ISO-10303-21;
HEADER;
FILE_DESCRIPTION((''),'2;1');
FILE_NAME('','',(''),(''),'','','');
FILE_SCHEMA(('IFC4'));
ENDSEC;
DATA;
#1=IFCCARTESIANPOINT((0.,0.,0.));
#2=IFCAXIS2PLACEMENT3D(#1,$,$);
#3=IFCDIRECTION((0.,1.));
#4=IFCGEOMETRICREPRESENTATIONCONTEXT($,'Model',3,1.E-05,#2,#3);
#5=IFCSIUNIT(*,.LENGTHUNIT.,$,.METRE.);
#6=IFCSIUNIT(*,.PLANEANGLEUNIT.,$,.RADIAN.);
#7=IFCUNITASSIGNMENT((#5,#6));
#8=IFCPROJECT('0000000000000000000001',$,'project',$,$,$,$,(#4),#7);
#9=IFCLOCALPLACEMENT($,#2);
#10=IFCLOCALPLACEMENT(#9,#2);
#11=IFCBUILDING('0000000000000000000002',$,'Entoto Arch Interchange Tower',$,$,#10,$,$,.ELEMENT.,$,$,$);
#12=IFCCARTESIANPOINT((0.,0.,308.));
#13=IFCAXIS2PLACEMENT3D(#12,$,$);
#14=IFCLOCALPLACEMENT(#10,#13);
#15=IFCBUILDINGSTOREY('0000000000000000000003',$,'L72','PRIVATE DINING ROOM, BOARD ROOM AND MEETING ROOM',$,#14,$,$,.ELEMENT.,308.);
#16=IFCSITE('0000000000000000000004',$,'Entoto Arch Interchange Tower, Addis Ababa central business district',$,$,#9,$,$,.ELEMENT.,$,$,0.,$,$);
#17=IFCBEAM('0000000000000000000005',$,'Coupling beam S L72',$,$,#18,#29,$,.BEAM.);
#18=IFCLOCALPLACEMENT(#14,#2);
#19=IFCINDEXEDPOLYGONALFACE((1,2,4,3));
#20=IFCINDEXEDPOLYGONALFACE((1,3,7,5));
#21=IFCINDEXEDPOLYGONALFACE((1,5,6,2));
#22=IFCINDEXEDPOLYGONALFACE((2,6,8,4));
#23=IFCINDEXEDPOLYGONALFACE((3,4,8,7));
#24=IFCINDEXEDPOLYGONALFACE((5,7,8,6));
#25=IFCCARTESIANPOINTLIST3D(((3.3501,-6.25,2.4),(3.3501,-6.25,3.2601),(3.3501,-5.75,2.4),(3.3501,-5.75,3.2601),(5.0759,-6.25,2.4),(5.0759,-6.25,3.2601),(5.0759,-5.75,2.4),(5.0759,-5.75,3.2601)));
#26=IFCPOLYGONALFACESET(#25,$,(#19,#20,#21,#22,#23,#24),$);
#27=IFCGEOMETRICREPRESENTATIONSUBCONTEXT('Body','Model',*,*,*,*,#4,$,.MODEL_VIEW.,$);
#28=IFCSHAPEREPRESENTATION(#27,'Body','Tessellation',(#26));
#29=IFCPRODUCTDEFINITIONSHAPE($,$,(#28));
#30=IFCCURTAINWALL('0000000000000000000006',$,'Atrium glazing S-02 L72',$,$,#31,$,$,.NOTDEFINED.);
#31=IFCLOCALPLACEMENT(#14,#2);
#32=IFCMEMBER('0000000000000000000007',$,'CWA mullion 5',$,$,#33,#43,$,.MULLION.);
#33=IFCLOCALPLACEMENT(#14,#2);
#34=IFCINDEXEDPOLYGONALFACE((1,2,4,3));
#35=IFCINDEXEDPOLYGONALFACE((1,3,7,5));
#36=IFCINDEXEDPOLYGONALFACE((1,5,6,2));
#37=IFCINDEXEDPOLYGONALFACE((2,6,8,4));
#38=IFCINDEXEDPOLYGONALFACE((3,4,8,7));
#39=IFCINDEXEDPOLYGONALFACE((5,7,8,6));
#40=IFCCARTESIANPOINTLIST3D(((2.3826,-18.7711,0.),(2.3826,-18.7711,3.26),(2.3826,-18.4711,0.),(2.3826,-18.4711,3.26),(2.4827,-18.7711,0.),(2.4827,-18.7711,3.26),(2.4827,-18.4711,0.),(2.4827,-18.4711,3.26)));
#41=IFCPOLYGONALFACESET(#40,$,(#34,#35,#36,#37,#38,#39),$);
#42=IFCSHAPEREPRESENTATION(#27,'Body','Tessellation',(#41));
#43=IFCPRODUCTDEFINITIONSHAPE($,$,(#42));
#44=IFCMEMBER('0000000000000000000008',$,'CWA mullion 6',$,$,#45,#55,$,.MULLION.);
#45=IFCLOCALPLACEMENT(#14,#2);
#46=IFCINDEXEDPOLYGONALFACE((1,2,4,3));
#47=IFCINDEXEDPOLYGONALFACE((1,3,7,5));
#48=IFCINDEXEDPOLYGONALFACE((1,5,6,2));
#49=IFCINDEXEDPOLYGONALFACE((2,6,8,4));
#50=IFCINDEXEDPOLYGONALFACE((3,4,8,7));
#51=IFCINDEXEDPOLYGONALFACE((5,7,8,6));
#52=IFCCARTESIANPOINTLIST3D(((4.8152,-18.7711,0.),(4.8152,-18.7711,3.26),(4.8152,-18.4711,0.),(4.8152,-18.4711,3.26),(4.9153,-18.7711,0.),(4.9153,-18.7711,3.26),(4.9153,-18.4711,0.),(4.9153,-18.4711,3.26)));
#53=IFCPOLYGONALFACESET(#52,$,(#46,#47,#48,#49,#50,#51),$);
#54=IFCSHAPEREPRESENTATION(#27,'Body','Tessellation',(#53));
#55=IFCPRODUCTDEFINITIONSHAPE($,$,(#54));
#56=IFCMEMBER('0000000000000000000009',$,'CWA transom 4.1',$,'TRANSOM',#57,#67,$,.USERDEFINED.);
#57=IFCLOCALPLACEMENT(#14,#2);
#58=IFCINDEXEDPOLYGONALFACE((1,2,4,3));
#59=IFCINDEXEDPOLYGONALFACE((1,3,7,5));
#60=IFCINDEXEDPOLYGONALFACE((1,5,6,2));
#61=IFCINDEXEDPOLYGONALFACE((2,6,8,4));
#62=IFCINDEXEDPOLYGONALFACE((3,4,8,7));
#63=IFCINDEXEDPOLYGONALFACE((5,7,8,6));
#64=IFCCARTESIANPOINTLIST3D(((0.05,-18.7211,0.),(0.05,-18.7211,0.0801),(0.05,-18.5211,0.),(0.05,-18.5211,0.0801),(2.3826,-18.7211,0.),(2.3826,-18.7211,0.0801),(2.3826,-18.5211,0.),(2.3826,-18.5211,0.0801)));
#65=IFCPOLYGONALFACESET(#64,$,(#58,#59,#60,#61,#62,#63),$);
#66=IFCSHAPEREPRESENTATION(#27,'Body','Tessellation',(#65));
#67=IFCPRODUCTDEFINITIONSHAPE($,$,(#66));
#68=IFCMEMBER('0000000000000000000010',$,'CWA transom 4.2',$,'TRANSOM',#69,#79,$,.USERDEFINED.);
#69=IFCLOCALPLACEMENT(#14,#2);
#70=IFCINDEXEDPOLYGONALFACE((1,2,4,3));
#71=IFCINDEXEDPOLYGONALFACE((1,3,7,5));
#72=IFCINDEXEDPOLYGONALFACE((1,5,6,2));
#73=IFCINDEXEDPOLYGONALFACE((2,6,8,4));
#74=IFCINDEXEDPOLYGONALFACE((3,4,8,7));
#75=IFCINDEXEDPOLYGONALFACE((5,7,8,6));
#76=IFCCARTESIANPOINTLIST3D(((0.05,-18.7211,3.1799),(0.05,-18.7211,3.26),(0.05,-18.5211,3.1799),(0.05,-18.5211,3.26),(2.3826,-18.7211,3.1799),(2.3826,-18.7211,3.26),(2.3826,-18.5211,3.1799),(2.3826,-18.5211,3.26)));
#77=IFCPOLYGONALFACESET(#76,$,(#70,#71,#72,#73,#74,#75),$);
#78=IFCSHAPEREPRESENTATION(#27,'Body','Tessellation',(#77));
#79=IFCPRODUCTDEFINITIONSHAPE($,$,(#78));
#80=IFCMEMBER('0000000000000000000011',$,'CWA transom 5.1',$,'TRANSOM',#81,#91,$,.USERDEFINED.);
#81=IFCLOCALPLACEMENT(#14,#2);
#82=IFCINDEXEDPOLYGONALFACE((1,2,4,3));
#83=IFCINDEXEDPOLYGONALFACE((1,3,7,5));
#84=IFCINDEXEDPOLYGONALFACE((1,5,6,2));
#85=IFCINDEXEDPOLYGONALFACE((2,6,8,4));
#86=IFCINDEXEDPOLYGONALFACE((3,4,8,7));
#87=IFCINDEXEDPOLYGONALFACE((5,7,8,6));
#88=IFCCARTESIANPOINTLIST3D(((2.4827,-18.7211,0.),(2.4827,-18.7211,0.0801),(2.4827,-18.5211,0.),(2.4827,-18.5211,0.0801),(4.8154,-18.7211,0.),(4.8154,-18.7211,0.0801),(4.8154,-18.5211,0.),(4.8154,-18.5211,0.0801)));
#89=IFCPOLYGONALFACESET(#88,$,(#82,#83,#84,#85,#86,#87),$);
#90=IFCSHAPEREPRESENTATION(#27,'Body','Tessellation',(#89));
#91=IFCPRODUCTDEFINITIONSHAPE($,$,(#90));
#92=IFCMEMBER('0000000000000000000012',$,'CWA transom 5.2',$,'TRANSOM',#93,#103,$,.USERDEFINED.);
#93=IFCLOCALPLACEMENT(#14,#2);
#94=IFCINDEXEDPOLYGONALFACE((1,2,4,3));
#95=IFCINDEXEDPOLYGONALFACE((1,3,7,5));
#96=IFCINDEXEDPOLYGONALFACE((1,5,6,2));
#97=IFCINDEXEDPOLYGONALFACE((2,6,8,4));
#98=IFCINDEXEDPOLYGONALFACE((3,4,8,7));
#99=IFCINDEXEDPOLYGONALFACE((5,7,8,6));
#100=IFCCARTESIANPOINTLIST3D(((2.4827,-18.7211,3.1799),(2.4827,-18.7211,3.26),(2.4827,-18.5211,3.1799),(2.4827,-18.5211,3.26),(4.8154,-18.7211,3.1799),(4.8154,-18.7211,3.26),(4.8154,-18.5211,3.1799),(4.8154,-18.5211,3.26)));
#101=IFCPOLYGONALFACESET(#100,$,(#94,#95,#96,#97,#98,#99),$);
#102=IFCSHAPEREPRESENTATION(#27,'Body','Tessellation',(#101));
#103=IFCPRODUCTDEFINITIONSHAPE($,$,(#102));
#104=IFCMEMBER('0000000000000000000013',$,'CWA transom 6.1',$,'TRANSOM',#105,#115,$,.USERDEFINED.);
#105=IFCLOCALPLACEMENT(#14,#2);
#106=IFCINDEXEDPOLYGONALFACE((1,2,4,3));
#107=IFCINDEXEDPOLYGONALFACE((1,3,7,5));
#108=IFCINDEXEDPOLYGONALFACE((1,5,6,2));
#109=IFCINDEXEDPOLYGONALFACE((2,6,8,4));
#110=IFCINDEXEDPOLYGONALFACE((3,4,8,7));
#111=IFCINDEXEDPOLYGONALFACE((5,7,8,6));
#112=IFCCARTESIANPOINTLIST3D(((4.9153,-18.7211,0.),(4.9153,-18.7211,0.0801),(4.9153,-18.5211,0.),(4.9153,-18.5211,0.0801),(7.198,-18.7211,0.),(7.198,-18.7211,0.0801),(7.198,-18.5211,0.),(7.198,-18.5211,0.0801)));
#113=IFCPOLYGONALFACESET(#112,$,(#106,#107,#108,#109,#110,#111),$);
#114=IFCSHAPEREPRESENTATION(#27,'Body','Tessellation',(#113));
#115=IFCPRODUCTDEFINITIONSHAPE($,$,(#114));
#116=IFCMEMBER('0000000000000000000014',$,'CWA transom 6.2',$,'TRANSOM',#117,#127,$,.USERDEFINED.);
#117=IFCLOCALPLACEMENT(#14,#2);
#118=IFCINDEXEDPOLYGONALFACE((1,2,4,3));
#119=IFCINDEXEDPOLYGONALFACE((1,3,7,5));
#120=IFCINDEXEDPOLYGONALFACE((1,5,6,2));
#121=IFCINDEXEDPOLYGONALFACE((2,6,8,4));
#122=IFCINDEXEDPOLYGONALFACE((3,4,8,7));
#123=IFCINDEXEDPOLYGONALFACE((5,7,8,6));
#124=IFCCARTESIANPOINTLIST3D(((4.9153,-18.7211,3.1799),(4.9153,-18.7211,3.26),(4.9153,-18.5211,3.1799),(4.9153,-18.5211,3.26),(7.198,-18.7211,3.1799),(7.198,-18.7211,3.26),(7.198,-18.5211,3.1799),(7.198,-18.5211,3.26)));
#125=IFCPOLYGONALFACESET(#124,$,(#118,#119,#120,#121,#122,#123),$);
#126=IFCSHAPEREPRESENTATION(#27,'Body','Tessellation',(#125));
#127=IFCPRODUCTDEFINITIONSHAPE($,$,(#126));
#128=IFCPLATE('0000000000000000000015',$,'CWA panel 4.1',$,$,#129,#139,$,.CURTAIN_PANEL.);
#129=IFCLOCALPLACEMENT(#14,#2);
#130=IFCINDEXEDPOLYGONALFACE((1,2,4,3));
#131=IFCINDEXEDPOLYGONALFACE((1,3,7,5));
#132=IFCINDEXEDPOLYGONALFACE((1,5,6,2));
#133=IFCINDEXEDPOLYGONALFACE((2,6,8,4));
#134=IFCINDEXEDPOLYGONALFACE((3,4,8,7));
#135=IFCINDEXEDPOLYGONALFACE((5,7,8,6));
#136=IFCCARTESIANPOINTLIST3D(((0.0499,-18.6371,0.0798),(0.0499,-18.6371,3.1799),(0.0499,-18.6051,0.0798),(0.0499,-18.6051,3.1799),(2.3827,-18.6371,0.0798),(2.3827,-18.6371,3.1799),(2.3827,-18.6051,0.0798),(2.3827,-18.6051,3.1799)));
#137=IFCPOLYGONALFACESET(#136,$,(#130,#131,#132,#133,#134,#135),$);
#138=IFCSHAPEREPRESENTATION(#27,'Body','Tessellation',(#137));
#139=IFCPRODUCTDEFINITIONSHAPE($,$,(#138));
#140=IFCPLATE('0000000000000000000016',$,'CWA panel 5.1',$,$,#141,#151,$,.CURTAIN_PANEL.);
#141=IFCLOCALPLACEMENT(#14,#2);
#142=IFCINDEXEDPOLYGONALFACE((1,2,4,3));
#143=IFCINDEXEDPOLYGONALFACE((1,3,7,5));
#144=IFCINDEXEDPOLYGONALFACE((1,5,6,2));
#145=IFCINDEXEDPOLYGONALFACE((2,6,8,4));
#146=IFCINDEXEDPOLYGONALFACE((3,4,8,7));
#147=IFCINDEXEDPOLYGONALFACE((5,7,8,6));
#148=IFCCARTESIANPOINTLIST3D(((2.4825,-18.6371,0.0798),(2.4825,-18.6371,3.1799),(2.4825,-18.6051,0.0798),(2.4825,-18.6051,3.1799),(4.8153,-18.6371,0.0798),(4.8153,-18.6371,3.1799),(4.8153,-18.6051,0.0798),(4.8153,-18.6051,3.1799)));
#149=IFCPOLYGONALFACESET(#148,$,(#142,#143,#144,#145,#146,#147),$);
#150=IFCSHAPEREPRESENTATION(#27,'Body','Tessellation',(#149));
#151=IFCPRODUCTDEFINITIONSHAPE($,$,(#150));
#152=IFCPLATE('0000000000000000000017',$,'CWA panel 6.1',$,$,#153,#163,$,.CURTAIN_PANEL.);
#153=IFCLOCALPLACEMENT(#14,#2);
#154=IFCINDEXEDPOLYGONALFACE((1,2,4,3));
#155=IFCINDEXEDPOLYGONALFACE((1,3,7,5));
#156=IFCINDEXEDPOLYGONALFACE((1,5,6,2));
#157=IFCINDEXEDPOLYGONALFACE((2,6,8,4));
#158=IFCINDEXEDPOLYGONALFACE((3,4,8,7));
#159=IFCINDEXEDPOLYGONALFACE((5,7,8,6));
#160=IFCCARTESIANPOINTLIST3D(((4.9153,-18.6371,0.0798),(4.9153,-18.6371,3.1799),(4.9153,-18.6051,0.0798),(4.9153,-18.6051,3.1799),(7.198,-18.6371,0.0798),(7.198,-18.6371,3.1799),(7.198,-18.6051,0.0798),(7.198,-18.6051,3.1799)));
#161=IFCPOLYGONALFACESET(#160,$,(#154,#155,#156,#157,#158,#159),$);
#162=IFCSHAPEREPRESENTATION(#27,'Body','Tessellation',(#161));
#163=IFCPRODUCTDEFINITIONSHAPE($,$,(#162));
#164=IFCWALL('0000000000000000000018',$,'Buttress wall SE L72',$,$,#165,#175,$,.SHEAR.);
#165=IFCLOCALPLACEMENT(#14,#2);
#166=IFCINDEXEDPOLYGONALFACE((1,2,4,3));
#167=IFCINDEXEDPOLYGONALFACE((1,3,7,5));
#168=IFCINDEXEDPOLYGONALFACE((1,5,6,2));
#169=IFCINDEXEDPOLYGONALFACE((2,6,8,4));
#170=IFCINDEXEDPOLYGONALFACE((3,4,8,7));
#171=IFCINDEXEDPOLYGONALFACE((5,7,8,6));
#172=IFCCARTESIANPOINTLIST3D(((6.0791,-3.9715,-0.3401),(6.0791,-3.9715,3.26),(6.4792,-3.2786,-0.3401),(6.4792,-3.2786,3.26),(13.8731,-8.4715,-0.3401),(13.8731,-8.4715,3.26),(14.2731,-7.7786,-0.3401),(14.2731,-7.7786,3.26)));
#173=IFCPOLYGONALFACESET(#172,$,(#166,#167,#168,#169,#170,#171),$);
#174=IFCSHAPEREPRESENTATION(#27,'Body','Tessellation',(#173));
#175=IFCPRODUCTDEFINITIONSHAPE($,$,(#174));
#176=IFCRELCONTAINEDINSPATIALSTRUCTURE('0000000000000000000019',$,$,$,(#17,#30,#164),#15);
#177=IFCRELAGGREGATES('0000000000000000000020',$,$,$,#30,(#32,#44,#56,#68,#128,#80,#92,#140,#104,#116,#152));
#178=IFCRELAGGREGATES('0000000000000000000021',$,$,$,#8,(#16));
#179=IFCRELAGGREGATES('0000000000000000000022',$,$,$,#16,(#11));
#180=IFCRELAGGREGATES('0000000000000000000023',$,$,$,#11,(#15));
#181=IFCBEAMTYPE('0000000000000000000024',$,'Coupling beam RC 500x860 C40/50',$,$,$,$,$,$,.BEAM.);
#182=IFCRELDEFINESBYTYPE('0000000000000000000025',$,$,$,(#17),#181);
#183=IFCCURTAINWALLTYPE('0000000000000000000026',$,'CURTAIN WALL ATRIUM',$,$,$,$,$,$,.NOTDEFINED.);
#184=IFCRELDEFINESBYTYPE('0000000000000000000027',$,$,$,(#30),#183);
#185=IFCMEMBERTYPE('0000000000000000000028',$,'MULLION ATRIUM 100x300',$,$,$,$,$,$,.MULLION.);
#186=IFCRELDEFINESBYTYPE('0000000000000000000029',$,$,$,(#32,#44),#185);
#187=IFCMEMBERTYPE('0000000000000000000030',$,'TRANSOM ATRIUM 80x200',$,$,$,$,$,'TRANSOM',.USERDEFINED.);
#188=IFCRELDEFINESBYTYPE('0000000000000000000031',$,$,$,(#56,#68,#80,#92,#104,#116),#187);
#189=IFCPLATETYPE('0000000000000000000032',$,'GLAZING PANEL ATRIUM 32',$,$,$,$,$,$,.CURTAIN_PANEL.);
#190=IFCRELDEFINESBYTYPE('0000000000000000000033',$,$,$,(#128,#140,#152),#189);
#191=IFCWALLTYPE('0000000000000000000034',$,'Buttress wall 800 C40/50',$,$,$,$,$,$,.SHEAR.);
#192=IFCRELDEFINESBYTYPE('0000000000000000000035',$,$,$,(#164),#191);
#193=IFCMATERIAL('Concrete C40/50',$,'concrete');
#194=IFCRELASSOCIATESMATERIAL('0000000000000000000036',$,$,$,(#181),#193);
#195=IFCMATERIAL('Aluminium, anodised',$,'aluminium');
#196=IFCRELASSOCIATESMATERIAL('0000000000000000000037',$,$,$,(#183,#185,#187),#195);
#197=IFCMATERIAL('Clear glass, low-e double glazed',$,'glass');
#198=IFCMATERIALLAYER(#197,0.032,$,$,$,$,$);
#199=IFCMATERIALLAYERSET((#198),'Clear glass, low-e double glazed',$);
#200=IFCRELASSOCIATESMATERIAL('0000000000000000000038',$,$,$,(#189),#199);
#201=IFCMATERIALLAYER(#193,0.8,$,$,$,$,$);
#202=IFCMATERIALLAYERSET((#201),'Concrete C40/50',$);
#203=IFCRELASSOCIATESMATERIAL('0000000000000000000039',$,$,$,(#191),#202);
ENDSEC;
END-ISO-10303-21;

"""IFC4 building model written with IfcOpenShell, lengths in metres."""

from ifc_helpers import new_model, si_unit, direction, frame, frame_2d, origin, origin_2d, place, context, subcontext, project, spatial, rectangle, extrude, material, layer, layer_set, material_profile, profile_set, type_object, element, aggregate, save


model = new_model("IFC4")

# Units and contexts
model_context = context("Model", 3, precision=1e-05, world=origin(), true_north=direction((0.0, 1.0)))
body_context = subcontext(model_context, "Body", "Model", "MODEL_VIEW")
ifc_project = project(units=[si_unit("LENGTHUNIT", "METRE"), si_unit("PLANEANGLEUNIT", "RADIAN")], contexts=[model_context])

# Site, building, storey
site_placement = place(None, origin())
site = spatial("IfcSite", under=ifc_project, at=site_placement, Name="Entoto Arch Interchange Tower, Addis Ababa central business district", CompositionType="ELEMENT", RefElevation=0.0)
building_placement = place(site_placement, origin())
building = spatial("IfcBuilding", under=site, at=building_placement, Name="Entoto Arch Interchange Tower", CompositionType="ELEMENT")
storey_placement = place(building_placement, frame((0.0, 0.0, 308.0)))
storey = spatial("IfcBuildingStorey", under=building, at=storey_placement, Name="L72", Description="PRIVATE DINING ROOM, BOARD ROOM AND MEETING ROOM", CompositionType="ELEMENT", Elevation=308.0)

# Beam
ifc_material_1 = material(Name="Concrete C40/50", Category="concrete")
ifc_material_profile_1 = material_profile(ifc_material_1, rectangle(XDim=0.5, YDim=0.8601, at=origin_2d()))
ifc_profile_set_1 = profile_set([ifc_material_profile_1], Name="Concrete C40/50")
beam_type = type_object("IfcBeamType", Name="Coupling beam RC 500x860 C40/50", PredefinedType="BEAM", material=ifc_profile_set_1)
beam_placement = place(storey_placement, frame((3.3501, -6.0, 2.8301), z_axis=(1.0, 0.0, 0.0), x_axis=(0.0, 1.0, 0.0)))
element("IfcBeam", 1, at=beam_placement, inside=storey, type_object=beam_type, Name="Coupling beam S L72", PredefinedType="BEAM", context=body_context, shape_type="SweptSolid", body=[
    extrude(rectangle(XDim=0.5, YDim=0.8601, at=origin_2d()), origin(), (0.0, 0.0, 1.0), 1.7258),
])

# Curtain wall, members, plates
ifc_material_2 = material(Name="Aluminium, anodised", Category="aluminium")
curtain_wall_type = type_object("IfcCurtainWallType", Name="CURTAIN WALL ATRIUM", PredefinedType="NOTDEFINED", material=ifc_material_2)
curtain_wall_placement = place(storey_placement, origin())
curtain_wall = element("IfcCurtainWall", 2, at=curtain_wall_placement, inside=storey, type_object=curtain_wall_type, Name="Atrium glazing S-02 L72", PredefinedType="NOTDEFINED")
ifc_material_profile_2 = material_profile(ifc_material_2, rectangle(XDim=0.3, YDim=0.1001, at=origin_2d()))
ifc_profile_set_2 = profile_set([ifc_material_profile_2], Name="Aluminium, anodised")
member_type_1 = type_object("IfcMemberType", Name="MULLION ATRIUM 100x300", PredefinedType="MULLION", material=ifc_profile_set_2)
member_1_placement = place(storey_placement, frame((2.4326, -18.6211, 0.0), z_axis=(0.0, 0.0, 1.0), x_axis=(0.0, 1.0, 0.0)))
member_1 = element("IfcMember", 3, at=member_1_placement, type_object=member_type_1, Name="CWA mullion 5", PredefinedType="MULLION", context=body_context, shape_type="SweptSolid", body=[
    extrude(rectangle(XDim=0.3, YDim=0.1001, at=origin_2d()), origin(), (0.0, 0.0, 1.0), 3.26),
])
member_2_placement = place(storey_placement, frame((4.8652, -18.6211, 0.0), z_axis=(0.0, 0.0, 1.0), x_axis=(0.0, 1.0, 0.0)))
member_2 = element("IfcMember", 4, at=member_2_placement, type_object=member_type_1, Name="CWA mullion 6", PredefinedType="MULLION", context=body_context, shape_type="SweptSolid", body=[
    extrude(rectangle(XDim=0.3, YDim=0.1001, at=origin_2d()), origin(), (0.0, 0.0, 1.0), 3.26),
])
ifc_material_profile_3 = material_profile(ifc_material_2, rectangle(XDim=0.2, YDim=0.0801, at=origin_2d()))
ifc_profile_set_3 = profile_set([ifc_material_profile_3], Name="Aluminium, anodised")
member_type_2 = type_object("IfcMemberType", Name="TRANSOM ATRIUM 80x200", ElementType="TRANSOM", PredefinedType="USERDEFINED", material=ifc_profile_set_3)
member_3_placement = place(storey_placement, frame((0.05, -18.6211, 0.04), z_axis=(1.0, 0.0, 0.0), x_axis=(0.0, 1.0, 0.0)))
member_3 = element("IfcMember", 5, at=member_3_placement, type_object=member_type_2, Name="CWA transom 4.1", ObjectType="TRANSOM", PredefinedType="USERDEFINED", context=body_context, shape_type="SweptSolid", body=[
    extrude(rectangle(XDim=0.2, YDim=0.0801, at=origin_2d()), origin(), (0.0, 0.0, 1.0), 2.3325),
])
member_4_placement = place(storey_placement, frame((0.05, -18.6211, 3.22), z_axis=(1.0, 0.0, 0.0), x_axis=(0.0, 1.0, 0.0)))
member_4 = element("IfcMember", 6, at=member_4_placement, type_object=member_type_2, Name="CWA transom 4.2", ObjectType="TRANSOM", PredefinedType="USERDEFINED", context=body_context, shape_type="SweptSolid", body=[
    extrude(rectangle(XDim=0.2, YDim=0.0801, at=origin_2d()), origin(), (0.0, 0.0, 1.0), 2.3325),
])
member_5_placement = place(storey_placement, frame((2.4827, -18.6211, 0.04), z_axis=(1.0, 0.0, 0.0), x_axis=(0.0, 1.0, 0.0)))
member_5 = element("IfcMember", 7, at=member_5_placement, type_object=member_type_2, Name="CWA transom 5.1", ObjectType="TRANSOM", PredefinedType="USERDEFINED", context=body_context, shape_type="SweptSolid", body=[
    extrude(rectangle(XDim=0.2, YDim=0.0801, at=origin_2d()), origin(), (0.0, 0.0, 1.0), 2.3328),
])
member_6_placement = place(storey_placement, frame((2.4827, -18.6211, 3.22), z_axis=(1.0, 0.0, 0.0), x_axis=(0.0, 1.0, 0.0)))
member_6 = element("IfcMember", 8, at=member_6_placement, type_object=member_type_2, Name="CWA transom 5.2", ObjectType="TRANSOM", PredefinedType="USERDEFINED", context=body_context, shape_type="SweptSolid", body=[
    extrude(rectangle(XDim=0.2, YDim=0.0801, at=origin_2d()), origin(), (0.0, 0.0, 1.0), 2.3328),
])
member_7_placement = place(storey_placement, frame((4.9153, -18.6211, 0.04), z_axis=(1.0, 0.0, 0.0), x_axis=(0.0, 1.0, 0.0)))
member_7 = element("IfcMember", 9, at=member_7_placement, type_object=member_type_2, Name="CWA transom 6.1", ObjectType="TRANSOM", PredefinedType="USERDEFINED", context=body_context, shape_type="SweptSolid", body=[
    extrude(rectangle(XDim=0.2, YDim=0.0801, at=origin_2d()), origin(), (0.0, 0.0, 1.0), 2.2827),
])
member_8_placement = place(storey_placement, frame((4.9153, -18.6211, 3.22), z_axis=(1.0, 0.0, 0.0), x_axis=(0.0, 1.0, 0.0)))
member_8 = element("IfcMember", 10, at=member_8_placement, type_object=member_type_2, Name="CWA transom 6.2", ObjectType="TRANSOM", PredefinedType="USERDEFINED", context=body_context, shape_type="SweptSolid", body=[
    extrude(rectangle(XDim=0.2, YDim=0.0801, at=origin_2d()), origin(), (0.0, 0.0, 1.0), 2.2827),
])
ifc_material_3 = material(Name="Clear glass, low-e double glazed", Category="glass")
ifc_layer_1 = layer(ifc_material_3, 0.032)
ifc_layer_set_1 = layer_set([ifc_layer_1], Name="Clear glass, low-e double glazed")
plate_type = type_object("IfcPlateType", Name="GLAZING PANEL ATRIUM 32", PredefinedType="CURTAIN_PANEL", material=ifc_layer_set_1)
plate_1_placement = place(storey_placement, frame((1.2163, -18.6211, 0.0798), z_axis=(0.0, 0.0, 1.0), x_axis=(1.0, 0.0, 0.0)))
plate_1 = element("IfcPlate", 11, at=plate_1_placement, type_object=plate_type, Name="CWA panel 4.1", PredefinedType="CURTAIN_PANEL", context=body_context, shape_type="SweptSolid", body=[
    extrude(rectangle(XDim=2.3328, YDim=0.032, at=origin_2d()), origin(), (0.0, 0.0, 1.0), 3.1001),
])
plate_2_placement = place(storey_placement, frame((3.6489, -18.6211, 0.0798), z_axis=(0.0, 0.0, 1.0), x_axis=(1.0, 0.0, 0.0)))
plate_2 = element("IfcPlate", 12, at=plate_2_placement, type_object=plate_type, Name="CWA panel 5.1", PredefinedType="CURTAIN_PANEL", context=body_context, shape_type="SweptSolid", body=[
    extrude(rectangle(XDim=2.3328, YDim=0.032, at=origin_2d()), origin(), (0.0, 0.0, 1.0), 3.1001),
])
plate_3_placement = place(storey_placement, frame((6.0566, -18.6211, 0.0798), z_axis=(0.0, 0.0, 1.0), x_axis=(1.0, 0.0, 0.0)))
plate_3 = element("IfcPlate", 13, at=plate_3_placement, type_object=plate_type, Name="CWA panel 6.1", PredefinedType="CURTAIN_PANEL", context=body_context, shape_type="SweptSolid", body=[
    extrude(rectangle(XDim=2.2827, YDim=0.032, at=origin_2d()), origin(), (0.0, 0.0, 1.0), 3.1001),
])
aggregate(curtain_wall, [member_1, member_2, member_3, member_4, plate_1, member_5, member_6, plate_2, member_7, member_8, plate_3])

# Wall
ifc_layer_2 = layer(ifc_material_1, 0.8)
ifc_layer_set_2 = layer_set([ifc_layer_2], Name="Concrete C40/50")
wall_type_1 = type_object("IfcWallType", Name="Buttress wall 800 C40/50", PredefinedType="SHEAR", material=ifc_layer_set_2)
wall_1_placement = place(storey_placement, frame((6.2791, -3.625, -0.3401), z_axis=(0.0, 0.0, 1.0), x_axis=(0.866018, -0.500014, 0.0)))
element("IfcWall", 14, at=wall_1_placement, inside=storey, type_object=wall_type_1, Name="Buttress wall SE L72", PredefinedType="SHEAR", context=body_context, shape_type="SweptSolid", body=[
    extrude(rectangle(XDim=8.9998, YDim=0.8, at=frame_2d((4.5, 0.0))), origin(), (0.0, 0.0, 1.0), 3.6001),
])

save(model, "model.ifc")
